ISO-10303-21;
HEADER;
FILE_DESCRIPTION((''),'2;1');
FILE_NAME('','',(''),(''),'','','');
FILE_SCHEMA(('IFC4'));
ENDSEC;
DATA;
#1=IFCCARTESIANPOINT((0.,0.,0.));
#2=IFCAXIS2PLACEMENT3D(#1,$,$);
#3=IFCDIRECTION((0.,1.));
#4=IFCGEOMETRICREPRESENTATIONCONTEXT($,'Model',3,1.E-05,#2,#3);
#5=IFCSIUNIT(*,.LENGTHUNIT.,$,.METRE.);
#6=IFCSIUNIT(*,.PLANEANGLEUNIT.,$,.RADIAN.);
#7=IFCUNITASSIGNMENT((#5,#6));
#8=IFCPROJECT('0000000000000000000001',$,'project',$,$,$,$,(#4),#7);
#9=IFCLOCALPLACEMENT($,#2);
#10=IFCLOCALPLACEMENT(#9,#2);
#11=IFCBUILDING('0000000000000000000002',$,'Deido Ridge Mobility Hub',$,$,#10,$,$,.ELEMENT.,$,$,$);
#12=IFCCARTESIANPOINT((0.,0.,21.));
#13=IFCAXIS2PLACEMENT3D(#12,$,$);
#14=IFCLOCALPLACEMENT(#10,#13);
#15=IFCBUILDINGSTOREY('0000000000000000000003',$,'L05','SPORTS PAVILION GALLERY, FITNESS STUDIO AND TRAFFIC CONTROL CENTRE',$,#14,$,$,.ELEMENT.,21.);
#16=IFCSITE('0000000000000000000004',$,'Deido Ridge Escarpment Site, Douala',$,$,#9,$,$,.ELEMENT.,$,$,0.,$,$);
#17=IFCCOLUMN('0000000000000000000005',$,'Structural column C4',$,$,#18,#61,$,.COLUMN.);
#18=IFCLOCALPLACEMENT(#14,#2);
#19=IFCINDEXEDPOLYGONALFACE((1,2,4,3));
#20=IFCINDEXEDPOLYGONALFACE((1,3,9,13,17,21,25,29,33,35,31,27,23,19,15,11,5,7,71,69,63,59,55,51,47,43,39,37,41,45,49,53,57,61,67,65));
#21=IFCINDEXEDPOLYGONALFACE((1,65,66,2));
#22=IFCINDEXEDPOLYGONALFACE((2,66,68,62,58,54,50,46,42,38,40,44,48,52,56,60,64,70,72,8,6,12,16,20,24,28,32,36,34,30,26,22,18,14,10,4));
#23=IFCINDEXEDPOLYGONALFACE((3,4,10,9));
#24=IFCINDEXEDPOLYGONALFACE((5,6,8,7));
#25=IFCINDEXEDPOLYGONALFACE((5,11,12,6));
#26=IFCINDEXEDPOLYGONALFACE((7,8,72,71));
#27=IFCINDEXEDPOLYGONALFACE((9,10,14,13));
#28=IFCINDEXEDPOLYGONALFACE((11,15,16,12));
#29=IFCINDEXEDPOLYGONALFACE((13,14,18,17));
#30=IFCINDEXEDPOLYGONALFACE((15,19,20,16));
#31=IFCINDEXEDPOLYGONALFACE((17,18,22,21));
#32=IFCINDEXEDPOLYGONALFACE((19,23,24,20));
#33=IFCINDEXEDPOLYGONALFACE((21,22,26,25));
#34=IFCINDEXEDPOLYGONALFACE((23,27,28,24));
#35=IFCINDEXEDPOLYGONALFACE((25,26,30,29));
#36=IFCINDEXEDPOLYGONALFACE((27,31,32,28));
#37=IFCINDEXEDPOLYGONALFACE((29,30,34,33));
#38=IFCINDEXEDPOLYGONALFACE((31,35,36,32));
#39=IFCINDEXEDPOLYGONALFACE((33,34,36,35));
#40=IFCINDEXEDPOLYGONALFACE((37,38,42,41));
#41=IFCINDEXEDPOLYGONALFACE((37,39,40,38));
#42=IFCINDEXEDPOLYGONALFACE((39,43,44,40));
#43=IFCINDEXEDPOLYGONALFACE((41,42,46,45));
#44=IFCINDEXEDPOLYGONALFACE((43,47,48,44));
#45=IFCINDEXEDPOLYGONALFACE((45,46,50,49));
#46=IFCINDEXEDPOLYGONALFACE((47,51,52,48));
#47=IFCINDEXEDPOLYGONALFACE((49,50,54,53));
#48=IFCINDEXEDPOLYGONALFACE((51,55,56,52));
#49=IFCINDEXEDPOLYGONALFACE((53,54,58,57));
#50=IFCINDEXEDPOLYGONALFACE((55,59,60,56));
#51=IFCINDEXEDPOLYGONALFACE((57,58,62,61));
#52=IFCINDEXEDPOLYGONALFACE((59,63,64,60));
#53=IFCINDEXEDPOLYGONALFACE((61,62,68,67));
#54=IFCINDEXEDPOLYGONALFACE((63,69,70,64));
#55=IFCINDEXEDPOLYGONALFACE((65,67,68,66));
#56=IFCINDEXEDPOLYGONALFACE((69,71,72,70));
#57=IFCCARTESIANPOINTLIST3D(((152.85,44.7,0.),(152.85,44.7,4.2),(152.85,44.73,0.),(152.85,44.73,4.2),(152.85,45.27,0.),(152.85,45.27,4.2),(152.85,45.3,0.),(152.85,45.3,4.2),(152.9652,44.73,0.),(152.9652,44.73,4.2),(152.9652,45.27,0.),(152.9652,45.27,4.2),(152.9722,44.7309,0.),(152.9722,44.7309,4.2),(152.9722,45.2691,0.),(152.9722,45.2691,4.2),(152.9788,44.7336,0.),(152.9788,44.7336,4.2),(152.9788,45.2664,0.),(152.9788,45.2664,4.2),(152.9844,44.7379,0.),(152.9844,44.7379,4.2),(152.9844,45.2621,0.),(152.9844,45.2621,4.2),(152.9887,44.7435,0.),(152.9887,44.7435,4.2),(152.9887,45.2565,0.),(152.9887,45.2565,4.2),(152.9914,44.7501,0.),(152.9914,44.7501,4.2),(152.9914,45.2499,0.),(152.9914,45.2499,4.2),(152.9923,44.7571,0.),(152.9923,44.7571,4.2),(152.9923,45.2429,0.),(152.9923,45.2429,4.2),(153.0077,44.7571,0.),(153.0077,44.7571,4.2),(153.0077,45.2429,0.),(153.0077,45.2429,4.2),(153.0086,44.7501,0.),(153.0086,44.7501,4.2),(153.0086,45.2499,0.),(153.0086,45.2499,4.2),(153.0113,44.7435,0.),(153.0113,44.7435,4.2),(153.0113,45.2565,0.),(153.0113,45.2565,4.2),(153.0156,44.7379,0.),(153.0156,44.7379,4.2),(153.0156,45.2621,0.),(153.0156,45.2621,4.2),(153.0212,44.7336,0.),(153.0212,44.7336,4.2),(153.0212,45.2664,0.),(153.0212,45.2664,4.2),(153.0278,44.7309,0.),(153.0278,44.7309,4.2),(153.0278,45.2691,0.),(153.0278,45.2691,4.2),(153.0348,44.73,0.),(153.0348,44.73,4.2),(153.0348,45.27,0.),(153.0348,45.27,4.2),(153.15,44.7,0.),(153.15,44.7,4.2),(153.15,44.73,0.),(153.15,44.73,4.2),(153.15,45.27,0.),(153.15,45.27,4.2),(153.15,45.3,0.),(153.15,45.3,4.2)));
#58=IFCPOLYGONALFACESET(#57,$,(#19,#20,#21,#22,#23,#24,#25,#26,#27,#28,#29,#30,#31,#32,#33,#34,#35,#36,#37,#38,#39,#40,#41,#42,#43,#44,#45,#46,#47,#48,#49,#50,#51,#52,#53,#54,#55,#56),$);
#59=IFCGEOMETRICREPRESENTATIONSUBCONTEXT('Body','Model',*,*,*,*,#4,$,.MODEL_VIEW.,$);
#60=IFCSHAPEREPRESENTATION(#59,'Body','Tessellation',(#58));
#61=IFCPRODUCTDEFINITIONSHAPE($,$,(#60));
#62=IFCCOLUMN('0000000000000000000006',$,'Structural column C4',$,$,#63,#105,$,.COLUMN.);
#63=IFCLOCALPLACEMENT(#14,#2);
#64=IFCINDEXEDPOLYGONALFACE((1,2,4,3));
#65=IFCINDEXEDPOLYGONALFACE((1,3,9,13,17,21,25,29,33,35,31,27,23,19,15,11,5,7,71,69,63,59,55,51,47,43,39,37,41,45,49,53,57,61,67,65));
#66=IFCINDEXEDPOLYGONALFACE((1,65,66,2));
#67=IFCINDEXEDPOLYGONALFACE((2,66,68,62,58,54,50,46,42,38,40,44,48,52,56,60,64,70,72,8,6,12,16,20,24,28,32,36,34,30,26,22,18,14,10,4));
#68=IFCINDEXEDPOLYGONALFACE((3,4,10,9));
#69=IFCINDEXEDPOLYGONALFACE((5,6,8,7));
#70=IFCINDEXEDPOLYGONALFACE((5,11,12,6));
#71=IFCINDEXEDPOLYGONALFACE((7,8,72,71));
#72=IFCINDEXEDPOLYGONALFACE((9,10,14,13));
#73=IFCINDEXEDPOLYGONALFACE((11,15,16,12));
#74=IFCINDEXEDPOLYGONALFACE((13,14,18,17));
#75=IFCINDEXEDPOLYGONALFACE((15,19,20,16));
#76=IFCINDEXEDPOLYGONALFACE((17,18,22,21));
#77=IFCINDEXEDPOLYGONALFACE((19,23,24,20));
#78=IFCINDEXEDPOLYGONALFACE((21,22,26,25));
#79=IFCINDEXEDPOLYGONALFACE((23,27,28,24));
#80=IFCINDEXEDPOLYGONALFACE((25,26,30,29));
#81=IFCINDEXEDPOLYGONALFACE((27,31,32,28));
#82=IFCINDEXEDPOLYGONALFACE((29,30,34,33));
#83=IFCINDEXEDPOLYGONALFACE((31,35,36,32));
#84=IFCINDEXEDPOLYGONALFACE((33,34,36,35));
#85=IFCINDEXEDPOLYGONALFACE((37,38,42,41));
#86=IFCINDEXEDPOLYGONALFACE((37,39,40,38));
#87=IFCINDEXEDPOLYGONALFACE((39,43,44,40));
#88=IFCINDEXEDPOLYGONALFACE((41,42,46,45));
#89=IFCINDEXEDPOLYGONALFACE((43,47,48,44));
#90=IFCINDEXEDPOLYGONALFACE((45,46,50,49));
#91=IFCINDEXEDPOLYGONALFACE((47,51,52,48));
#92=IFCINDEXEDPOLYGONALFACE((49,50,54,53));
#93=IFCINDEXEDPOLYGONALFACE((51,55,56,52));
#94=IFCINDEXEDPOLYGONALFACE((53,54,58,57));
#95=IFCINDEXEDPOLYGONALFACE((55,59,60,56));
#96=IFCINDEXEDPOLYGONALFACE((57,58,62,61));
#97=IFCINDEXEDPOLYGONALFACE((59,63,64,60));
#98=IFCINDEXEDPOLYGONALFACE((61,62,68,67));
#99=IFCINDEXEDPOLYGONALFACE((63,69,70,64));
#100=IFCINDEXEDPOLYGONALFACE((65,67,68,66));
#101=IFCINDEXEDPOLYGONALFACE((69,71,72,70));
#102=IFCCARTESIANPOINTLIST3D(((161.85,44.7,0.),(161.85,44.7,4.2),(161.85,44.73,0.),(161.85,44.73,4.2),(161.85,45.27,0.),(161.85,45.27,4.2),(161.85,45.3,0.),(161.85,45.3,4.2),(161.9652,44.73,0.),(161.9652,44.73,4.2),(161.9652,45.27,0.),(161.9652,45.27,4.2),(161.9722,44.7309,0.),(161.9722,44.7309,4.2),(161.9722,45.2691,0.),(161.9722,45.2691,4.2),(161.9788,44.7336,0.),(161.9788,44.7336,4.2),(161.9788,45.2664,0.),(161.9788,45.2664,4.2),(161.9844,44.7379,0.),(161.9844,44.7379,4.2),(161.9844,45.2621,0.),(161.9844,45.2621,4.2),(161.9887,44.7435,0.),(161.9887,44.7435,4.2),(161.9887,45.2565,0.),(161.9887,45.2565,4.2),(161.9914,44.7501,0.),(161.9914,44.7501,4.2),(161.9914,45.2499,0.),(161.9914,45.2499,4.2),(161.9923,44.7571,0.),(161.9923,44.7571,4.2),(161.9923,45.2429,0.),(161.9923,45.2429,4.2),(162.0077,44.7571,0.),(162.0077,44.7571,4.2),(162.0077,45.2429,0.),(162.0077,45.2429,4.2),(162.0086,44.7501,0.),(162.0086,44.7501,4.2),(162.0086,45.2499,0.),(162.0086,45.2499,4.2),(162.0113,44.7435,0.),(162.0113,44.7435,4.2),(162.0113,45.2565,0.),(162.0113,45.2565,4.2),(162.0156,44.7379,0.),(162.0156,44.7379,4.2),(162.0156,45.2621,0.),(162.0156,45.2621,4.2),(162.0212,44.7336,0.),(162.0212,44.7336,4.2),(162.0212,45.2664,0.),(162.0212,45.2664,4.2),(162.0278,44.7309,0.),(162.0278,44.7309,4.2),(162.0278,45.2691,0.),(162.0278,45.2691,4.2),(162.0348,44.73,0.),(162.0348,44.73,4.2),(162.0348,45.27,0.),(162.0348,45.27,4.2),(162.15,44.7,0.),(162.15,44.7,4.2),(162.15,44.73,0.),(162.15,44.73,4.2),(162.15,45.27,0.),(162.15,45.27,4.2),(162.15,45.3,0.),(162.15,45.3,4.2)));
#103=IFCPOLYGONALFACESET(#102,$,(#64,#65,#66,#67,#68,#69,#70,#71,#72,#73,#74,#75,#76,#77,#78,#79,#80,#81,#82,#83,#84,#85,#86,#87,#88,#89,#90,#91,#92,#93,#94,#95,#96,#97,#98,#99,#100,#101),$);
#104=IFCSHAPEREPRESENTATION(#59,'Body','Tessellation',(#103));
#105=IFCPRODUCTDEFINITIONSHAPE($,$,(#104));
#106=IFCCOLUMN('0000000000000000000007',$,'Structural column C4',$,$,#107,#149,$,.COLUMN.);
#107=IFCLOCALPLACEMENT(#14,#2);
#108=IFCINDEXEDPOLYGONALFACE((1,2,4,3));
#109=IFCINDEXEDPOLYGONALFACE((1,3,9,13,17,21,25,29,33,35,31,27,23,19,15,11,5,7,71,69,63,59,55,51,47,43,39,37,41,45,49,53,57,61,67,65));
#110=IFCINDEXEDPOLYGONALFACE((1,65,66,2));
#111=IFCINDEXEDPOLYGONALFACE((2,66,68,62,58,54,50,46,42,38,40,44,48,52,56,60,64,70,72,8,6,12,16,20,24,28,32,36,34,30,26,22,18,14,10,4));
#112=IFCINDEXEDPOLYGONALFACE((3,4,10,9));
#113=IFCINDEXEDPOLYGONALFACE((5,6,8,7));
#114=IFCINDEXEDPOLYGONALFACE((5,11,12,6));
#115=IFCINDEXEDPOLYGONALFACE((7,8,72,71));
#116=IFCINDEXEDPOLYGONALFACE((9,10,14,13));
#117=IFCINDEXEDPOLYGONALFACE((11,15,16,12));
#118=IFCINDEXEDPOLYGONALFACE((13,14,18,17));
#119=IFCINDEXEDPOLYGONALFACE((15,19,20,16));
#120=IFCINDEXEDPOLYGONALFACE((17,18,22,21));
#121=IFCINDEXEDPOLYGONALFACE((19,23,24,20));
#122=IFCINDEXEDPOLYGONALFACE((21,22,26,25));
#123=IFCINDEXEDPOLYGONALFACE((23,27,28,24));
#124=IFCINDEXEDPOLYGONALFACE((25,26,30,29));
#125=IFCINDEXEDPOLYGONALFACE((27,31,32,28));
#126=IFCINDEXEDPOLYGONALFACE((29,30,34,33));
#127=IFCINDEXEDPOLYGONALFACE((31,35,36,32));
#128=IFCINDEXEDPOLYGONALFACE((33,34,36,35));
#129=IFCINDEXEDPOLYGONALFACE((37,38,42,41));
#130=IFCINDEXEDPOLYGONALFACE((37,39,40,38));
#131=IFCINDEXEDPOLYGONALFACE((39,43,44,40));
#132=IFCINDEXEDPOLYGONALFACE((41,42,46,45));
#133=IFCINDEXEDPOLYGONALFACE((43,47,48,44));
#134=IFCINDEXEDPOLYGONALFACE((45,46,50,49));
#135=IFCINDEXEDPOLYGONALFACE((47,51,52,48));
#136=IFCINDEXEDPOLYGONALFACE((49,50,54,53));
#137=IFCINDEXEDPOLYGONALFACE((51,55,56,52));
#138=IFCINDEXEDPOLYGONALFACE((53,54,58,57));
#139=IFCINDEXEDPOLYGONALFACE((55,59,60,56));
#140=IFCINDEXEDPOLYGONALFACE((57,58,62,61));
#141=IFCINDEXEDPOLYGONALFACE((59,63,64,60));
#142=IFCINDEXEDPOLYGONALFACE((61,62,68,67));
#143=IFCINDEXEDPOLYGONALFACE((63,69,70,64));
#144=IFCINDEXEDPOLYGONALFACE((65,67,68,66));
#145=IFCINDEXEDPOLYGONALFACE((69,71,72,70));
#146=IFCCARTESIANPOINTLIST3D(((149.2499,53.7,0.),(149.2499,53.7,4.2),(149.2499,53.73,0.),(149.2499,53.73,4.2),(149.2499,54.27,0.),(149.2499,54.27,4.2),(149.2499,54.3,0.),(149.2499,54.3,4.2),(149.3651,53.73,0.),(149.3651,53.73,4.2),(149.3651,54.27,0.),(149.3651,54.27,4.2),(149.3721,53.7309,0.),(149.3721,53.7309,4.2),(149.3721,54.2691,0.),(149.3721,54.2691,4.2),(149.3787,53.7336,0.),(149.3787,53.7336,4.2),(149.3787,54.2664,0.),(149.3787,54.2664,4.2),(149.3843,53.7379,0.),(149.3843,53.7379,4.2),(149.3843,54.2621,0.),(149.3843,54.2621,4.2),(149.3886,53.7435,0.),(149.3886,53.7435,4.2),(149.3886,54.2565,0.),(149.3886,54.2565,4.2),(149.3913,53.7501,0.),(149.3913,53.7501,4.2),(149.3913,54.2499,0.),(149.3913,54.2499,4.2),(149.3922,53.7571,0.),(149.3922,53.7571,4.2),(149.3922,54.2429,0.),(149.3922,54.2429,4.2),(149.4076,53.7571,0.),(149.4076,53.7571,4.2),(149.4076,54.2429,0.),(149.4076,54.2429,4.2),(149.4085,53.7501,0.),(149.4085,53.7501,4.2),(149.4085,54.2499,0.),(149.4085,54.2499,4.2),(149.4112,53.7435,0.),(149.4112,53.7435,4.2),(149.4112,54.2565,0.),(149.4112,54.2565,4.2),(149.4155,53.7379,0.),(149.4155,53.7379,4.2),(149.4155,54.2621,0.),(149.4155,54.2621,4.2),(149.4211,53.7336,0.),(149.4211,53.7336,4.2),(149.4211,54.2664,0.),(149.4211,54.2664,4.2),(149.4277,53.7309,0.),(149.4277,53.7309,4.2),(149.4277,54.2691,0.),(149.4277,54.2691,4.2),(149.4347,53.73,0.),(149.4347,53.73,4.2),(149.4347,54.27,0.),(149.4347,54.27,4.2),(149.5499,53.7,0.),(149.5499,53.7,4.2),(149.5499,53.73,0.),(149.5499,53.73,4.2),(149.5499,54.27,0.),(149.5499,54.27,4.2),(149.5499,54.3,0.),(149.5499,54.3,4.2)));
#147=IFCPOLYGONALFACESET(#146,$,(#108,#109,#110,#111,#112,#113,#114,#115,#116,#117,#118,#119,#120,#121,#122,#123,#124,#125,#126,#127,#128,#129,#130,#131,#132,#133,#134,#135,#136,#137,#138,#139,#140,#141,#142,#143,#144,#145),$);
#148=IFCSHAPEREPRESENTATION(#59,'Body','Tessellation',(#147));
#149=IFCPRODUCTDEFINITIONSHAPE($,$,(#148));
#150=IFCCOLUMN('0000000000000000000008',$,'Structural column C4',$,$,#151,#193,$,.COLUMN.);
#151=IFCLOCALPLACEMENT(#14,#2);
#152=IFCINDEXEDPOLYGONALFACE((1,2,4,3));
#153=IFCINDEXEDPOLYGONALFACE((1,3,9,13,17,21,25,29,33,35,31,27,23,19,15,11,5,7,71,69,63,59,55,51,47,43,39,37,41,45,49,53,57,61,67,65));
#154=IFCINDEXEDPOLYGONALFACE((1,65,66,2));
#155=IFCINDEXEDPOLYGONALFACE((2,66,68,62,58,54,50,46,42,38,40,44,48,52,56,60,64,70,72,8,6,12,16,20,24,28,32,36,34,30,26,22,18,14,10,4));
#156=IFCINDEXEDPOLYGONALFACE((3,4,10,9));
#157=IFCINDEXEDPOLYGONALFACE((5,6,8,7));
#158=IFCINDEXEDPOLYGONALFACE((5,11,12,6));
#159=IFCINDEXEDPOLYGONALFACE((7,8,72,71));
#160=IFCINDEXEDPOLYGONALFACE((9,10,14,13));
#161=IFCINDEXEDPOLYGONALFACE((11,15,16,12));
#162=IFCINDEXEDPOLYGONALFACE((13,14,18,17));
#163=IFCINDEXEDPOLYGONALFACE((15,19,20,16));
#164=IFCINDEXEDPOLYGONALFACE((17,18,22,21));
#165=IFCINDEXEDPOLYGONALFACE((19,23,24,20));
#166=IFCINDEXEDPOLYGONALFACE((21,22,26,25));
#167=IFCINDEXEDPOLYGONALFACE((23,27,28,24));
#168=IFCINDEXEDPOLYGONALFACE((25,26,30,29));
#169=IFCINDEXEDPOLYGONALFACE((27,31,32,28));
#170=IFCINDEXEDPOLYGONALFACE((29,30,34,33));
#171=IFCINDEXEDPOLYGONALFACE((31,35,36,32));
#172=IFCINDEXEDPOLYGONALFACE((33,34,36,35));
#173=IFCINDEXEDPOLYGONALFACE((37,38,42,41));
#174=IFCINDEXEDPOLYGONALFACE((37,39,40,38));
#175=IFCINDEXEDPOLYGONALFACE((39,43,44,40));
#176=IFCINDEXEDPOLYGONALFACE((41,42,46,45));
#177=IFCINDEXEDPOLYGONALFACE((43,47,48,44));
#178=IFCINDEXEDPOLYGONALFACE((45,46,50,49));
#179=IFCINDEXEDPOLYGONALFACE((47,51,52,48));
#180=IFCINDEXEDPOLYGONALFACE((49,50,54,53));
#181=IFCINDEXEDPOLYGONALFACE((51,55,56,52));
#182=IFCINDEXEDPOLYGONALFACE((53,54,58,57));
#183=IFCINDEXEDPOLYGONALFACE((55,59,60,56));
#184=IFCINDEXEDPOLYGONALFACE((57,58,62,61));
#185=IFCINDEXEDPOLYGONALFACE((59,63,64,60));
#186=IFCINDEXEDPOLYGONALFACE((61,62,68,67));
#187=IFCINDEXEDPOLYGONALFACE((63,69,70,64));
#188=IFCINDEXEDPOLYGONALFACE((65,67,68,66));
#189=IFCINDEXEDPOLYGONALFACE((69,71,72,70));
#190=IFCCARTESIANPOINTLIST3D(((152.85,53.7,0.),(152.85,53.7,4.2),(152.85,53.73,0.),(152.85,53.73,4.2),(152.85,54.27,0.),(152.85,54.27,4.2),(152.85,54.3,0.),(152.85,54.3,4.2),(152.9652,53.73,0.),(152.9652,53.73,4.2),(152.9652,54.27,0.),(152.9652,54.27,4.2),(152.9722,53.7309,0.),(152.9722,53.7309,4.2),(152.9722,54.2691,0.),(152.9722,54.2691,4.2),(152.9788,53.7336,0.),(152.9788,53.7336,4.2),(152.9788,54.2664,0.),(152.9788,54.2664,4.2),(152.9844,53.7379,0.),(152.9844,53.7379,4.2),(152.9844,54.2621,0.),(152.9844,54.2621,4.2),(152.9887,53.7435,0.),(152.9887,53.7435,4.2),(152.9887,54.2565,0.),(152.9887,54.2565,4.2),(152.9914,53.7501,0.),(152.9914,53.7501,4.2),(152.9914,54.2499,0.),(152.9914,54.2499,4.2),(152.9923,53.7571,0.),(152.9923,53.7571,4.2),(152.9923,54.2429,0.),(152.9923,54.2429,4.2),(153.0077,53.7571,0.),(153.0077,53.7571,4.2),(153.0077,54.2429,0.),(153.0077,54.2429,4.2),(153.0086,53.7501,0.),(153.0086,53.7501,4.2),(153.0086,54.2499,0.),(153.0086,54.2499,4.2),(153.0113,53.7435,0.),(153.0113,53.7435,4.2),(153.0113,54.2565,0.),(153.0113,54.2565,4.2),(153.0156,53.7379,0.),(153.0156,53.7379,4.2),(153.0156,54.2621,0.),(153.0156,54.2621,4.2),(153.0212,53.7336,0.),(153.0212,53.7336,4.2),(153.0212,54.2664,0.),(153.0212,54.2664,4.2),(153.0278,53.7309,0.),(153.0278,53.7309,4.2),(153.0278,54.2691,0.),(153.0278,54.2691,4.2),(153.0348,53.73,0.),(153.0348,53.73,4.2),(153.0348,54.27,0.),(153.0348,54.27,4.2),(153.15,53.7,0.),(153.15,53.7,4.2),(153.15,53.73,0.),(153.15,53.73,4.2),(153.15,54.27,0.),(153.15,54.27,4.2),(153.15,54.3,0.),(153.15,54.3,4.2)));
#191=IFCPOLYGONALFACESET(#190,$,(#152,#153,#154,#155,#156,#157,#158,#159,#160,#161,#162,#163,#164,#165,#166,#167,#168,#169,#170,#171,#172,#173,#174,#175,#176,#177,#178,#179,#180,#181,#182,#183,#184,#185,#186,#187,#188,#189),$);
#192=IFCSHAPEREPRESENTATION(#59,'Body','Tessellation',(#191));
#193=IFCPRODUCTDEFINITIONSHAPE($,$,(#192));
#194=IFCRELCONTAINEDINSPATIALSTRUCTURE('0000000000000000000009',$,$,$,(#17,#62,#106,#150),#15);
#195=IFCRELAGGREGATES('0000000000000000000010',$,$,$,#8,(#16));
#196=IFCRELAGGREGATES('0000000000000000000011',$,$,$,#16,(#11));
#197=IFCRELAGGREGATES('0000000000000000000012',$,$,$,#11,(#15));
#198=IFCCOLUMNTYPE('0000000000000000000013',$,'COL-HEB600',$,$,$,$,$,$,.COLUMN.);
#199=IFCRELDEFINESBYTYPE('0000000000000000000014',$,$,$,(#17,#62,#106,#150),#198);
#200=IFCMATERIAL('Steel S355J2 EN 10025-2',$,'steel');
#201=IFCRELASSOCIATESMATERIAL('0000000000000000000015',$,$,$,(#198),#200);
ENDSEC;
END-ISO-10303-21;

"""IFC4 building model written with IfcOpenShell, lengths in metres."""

from ifc_helpers import new_model, si_unit, direction, frame, origin, origin_2d, place, context, subcontext, project, spatial, i_section, extrude, material, material_profile, profile_set, type_object, element, save


model = new_model("IFC4")

# Units and contexts
model_context = context("Model", 3, precision=1e-05, world=origin(), true_north=direction((0.0, 1.0)))
body_context = subcontext(model_context, "Body", "Model", "MODEL_VIEW")
ifc_project = project(units=[si_unit("LENGTHUNIT", "METRE"), si_unit("PLANEANGLEUNIT", "RADIAN")], contexts=[model_context])

# Site, building, storey
site_placement = place(None, origin())
site = spatial("IfcSite", under=ifc_project, at=site_placement, Name="Deido Ridge Escarpment Site, Douala", CompositionType="ELEMENT", RefElevation=0.0)
building_placement = place(site_placement, origin())
building = spatial("IfcBuilding", under=site, at=building_placement, Name="Deido Ridge Mobility Hub", CompositionType="ELEMENT")
storey_placement = place(building_placement, frame((0.0, 0.0, 21.0)))
storey = spatial("IfcBuildingStorey", under=building, at=storey_placement, Name="L05", Description="SPORTS PAVILION GALLERY, FITNESS STUDIO AND TRAFFIC CONTROL CENTRE", CompositionType="ELEMENT", Elevation=21.0)

# Columns
ifc_material_1 = material(Name="Steel S355J2 EN 10025-2", Category="steel")
ifc_material_profile_1 = material_profile(ifc_material_1, i_section(OverallWidth=0.3, OverallDepth=0.6001, WebThickness=0.0154, FlangeThickness=0.03, FilletRadius=0.0271, at=origin_2d()), Name="HEB 600")
ifc_profile_set_1 = profile_set([ifc_material_profile_1], Name="Steel S355J2 EN 10025-2")
column_type = type_object("IfcColumnType", Name="COL-HEB600", PredefinedType="COLUMN", material=ifc_profile_set_1)
for number, where, z_axis, x_axis, name in (
    (1, (153.0, 45.0, 0.0), (0.0, 0.0, 1.0), (1.0, 0.0, 0.0), "Structural column C4"),
    (2, (162.0, 45.0, 0.0), (0.0, 0.0, 1.0), (1.0, 0.0, 0.0), "Structural column C4"),
    (3, (149.3999, 54.0, 0.0), (0.0, 0.0, 1.0), (1.0, 0.0, 0.0), "Structural column C4"),
    (4, (153.0, 54.0, 0.0), (0.0, 0.0, 1.0), (1.0, 0.0, 0.0), "Structural column C4"),
):
    element("IfcColumn", number, at=place(storey_placement, frame(where, z_axis=z_axis, x_axis=x_axis)), inside=storey, type_object=column_type, Name=name, PredefinedType="COLUMN", context=body_context, shape_type="SweptSolid", body=[
        extrude(i_section(OverallWidth=0.3, OverallDepth=0.6001, WebThickness=0.0154, FlangeThickness=0.03, FilletRadius=0.0271, at=origin_2d()), origin(), (0.0, 0.0, 1.0), 4.2),
    ])

save(model, "model.ifc")
